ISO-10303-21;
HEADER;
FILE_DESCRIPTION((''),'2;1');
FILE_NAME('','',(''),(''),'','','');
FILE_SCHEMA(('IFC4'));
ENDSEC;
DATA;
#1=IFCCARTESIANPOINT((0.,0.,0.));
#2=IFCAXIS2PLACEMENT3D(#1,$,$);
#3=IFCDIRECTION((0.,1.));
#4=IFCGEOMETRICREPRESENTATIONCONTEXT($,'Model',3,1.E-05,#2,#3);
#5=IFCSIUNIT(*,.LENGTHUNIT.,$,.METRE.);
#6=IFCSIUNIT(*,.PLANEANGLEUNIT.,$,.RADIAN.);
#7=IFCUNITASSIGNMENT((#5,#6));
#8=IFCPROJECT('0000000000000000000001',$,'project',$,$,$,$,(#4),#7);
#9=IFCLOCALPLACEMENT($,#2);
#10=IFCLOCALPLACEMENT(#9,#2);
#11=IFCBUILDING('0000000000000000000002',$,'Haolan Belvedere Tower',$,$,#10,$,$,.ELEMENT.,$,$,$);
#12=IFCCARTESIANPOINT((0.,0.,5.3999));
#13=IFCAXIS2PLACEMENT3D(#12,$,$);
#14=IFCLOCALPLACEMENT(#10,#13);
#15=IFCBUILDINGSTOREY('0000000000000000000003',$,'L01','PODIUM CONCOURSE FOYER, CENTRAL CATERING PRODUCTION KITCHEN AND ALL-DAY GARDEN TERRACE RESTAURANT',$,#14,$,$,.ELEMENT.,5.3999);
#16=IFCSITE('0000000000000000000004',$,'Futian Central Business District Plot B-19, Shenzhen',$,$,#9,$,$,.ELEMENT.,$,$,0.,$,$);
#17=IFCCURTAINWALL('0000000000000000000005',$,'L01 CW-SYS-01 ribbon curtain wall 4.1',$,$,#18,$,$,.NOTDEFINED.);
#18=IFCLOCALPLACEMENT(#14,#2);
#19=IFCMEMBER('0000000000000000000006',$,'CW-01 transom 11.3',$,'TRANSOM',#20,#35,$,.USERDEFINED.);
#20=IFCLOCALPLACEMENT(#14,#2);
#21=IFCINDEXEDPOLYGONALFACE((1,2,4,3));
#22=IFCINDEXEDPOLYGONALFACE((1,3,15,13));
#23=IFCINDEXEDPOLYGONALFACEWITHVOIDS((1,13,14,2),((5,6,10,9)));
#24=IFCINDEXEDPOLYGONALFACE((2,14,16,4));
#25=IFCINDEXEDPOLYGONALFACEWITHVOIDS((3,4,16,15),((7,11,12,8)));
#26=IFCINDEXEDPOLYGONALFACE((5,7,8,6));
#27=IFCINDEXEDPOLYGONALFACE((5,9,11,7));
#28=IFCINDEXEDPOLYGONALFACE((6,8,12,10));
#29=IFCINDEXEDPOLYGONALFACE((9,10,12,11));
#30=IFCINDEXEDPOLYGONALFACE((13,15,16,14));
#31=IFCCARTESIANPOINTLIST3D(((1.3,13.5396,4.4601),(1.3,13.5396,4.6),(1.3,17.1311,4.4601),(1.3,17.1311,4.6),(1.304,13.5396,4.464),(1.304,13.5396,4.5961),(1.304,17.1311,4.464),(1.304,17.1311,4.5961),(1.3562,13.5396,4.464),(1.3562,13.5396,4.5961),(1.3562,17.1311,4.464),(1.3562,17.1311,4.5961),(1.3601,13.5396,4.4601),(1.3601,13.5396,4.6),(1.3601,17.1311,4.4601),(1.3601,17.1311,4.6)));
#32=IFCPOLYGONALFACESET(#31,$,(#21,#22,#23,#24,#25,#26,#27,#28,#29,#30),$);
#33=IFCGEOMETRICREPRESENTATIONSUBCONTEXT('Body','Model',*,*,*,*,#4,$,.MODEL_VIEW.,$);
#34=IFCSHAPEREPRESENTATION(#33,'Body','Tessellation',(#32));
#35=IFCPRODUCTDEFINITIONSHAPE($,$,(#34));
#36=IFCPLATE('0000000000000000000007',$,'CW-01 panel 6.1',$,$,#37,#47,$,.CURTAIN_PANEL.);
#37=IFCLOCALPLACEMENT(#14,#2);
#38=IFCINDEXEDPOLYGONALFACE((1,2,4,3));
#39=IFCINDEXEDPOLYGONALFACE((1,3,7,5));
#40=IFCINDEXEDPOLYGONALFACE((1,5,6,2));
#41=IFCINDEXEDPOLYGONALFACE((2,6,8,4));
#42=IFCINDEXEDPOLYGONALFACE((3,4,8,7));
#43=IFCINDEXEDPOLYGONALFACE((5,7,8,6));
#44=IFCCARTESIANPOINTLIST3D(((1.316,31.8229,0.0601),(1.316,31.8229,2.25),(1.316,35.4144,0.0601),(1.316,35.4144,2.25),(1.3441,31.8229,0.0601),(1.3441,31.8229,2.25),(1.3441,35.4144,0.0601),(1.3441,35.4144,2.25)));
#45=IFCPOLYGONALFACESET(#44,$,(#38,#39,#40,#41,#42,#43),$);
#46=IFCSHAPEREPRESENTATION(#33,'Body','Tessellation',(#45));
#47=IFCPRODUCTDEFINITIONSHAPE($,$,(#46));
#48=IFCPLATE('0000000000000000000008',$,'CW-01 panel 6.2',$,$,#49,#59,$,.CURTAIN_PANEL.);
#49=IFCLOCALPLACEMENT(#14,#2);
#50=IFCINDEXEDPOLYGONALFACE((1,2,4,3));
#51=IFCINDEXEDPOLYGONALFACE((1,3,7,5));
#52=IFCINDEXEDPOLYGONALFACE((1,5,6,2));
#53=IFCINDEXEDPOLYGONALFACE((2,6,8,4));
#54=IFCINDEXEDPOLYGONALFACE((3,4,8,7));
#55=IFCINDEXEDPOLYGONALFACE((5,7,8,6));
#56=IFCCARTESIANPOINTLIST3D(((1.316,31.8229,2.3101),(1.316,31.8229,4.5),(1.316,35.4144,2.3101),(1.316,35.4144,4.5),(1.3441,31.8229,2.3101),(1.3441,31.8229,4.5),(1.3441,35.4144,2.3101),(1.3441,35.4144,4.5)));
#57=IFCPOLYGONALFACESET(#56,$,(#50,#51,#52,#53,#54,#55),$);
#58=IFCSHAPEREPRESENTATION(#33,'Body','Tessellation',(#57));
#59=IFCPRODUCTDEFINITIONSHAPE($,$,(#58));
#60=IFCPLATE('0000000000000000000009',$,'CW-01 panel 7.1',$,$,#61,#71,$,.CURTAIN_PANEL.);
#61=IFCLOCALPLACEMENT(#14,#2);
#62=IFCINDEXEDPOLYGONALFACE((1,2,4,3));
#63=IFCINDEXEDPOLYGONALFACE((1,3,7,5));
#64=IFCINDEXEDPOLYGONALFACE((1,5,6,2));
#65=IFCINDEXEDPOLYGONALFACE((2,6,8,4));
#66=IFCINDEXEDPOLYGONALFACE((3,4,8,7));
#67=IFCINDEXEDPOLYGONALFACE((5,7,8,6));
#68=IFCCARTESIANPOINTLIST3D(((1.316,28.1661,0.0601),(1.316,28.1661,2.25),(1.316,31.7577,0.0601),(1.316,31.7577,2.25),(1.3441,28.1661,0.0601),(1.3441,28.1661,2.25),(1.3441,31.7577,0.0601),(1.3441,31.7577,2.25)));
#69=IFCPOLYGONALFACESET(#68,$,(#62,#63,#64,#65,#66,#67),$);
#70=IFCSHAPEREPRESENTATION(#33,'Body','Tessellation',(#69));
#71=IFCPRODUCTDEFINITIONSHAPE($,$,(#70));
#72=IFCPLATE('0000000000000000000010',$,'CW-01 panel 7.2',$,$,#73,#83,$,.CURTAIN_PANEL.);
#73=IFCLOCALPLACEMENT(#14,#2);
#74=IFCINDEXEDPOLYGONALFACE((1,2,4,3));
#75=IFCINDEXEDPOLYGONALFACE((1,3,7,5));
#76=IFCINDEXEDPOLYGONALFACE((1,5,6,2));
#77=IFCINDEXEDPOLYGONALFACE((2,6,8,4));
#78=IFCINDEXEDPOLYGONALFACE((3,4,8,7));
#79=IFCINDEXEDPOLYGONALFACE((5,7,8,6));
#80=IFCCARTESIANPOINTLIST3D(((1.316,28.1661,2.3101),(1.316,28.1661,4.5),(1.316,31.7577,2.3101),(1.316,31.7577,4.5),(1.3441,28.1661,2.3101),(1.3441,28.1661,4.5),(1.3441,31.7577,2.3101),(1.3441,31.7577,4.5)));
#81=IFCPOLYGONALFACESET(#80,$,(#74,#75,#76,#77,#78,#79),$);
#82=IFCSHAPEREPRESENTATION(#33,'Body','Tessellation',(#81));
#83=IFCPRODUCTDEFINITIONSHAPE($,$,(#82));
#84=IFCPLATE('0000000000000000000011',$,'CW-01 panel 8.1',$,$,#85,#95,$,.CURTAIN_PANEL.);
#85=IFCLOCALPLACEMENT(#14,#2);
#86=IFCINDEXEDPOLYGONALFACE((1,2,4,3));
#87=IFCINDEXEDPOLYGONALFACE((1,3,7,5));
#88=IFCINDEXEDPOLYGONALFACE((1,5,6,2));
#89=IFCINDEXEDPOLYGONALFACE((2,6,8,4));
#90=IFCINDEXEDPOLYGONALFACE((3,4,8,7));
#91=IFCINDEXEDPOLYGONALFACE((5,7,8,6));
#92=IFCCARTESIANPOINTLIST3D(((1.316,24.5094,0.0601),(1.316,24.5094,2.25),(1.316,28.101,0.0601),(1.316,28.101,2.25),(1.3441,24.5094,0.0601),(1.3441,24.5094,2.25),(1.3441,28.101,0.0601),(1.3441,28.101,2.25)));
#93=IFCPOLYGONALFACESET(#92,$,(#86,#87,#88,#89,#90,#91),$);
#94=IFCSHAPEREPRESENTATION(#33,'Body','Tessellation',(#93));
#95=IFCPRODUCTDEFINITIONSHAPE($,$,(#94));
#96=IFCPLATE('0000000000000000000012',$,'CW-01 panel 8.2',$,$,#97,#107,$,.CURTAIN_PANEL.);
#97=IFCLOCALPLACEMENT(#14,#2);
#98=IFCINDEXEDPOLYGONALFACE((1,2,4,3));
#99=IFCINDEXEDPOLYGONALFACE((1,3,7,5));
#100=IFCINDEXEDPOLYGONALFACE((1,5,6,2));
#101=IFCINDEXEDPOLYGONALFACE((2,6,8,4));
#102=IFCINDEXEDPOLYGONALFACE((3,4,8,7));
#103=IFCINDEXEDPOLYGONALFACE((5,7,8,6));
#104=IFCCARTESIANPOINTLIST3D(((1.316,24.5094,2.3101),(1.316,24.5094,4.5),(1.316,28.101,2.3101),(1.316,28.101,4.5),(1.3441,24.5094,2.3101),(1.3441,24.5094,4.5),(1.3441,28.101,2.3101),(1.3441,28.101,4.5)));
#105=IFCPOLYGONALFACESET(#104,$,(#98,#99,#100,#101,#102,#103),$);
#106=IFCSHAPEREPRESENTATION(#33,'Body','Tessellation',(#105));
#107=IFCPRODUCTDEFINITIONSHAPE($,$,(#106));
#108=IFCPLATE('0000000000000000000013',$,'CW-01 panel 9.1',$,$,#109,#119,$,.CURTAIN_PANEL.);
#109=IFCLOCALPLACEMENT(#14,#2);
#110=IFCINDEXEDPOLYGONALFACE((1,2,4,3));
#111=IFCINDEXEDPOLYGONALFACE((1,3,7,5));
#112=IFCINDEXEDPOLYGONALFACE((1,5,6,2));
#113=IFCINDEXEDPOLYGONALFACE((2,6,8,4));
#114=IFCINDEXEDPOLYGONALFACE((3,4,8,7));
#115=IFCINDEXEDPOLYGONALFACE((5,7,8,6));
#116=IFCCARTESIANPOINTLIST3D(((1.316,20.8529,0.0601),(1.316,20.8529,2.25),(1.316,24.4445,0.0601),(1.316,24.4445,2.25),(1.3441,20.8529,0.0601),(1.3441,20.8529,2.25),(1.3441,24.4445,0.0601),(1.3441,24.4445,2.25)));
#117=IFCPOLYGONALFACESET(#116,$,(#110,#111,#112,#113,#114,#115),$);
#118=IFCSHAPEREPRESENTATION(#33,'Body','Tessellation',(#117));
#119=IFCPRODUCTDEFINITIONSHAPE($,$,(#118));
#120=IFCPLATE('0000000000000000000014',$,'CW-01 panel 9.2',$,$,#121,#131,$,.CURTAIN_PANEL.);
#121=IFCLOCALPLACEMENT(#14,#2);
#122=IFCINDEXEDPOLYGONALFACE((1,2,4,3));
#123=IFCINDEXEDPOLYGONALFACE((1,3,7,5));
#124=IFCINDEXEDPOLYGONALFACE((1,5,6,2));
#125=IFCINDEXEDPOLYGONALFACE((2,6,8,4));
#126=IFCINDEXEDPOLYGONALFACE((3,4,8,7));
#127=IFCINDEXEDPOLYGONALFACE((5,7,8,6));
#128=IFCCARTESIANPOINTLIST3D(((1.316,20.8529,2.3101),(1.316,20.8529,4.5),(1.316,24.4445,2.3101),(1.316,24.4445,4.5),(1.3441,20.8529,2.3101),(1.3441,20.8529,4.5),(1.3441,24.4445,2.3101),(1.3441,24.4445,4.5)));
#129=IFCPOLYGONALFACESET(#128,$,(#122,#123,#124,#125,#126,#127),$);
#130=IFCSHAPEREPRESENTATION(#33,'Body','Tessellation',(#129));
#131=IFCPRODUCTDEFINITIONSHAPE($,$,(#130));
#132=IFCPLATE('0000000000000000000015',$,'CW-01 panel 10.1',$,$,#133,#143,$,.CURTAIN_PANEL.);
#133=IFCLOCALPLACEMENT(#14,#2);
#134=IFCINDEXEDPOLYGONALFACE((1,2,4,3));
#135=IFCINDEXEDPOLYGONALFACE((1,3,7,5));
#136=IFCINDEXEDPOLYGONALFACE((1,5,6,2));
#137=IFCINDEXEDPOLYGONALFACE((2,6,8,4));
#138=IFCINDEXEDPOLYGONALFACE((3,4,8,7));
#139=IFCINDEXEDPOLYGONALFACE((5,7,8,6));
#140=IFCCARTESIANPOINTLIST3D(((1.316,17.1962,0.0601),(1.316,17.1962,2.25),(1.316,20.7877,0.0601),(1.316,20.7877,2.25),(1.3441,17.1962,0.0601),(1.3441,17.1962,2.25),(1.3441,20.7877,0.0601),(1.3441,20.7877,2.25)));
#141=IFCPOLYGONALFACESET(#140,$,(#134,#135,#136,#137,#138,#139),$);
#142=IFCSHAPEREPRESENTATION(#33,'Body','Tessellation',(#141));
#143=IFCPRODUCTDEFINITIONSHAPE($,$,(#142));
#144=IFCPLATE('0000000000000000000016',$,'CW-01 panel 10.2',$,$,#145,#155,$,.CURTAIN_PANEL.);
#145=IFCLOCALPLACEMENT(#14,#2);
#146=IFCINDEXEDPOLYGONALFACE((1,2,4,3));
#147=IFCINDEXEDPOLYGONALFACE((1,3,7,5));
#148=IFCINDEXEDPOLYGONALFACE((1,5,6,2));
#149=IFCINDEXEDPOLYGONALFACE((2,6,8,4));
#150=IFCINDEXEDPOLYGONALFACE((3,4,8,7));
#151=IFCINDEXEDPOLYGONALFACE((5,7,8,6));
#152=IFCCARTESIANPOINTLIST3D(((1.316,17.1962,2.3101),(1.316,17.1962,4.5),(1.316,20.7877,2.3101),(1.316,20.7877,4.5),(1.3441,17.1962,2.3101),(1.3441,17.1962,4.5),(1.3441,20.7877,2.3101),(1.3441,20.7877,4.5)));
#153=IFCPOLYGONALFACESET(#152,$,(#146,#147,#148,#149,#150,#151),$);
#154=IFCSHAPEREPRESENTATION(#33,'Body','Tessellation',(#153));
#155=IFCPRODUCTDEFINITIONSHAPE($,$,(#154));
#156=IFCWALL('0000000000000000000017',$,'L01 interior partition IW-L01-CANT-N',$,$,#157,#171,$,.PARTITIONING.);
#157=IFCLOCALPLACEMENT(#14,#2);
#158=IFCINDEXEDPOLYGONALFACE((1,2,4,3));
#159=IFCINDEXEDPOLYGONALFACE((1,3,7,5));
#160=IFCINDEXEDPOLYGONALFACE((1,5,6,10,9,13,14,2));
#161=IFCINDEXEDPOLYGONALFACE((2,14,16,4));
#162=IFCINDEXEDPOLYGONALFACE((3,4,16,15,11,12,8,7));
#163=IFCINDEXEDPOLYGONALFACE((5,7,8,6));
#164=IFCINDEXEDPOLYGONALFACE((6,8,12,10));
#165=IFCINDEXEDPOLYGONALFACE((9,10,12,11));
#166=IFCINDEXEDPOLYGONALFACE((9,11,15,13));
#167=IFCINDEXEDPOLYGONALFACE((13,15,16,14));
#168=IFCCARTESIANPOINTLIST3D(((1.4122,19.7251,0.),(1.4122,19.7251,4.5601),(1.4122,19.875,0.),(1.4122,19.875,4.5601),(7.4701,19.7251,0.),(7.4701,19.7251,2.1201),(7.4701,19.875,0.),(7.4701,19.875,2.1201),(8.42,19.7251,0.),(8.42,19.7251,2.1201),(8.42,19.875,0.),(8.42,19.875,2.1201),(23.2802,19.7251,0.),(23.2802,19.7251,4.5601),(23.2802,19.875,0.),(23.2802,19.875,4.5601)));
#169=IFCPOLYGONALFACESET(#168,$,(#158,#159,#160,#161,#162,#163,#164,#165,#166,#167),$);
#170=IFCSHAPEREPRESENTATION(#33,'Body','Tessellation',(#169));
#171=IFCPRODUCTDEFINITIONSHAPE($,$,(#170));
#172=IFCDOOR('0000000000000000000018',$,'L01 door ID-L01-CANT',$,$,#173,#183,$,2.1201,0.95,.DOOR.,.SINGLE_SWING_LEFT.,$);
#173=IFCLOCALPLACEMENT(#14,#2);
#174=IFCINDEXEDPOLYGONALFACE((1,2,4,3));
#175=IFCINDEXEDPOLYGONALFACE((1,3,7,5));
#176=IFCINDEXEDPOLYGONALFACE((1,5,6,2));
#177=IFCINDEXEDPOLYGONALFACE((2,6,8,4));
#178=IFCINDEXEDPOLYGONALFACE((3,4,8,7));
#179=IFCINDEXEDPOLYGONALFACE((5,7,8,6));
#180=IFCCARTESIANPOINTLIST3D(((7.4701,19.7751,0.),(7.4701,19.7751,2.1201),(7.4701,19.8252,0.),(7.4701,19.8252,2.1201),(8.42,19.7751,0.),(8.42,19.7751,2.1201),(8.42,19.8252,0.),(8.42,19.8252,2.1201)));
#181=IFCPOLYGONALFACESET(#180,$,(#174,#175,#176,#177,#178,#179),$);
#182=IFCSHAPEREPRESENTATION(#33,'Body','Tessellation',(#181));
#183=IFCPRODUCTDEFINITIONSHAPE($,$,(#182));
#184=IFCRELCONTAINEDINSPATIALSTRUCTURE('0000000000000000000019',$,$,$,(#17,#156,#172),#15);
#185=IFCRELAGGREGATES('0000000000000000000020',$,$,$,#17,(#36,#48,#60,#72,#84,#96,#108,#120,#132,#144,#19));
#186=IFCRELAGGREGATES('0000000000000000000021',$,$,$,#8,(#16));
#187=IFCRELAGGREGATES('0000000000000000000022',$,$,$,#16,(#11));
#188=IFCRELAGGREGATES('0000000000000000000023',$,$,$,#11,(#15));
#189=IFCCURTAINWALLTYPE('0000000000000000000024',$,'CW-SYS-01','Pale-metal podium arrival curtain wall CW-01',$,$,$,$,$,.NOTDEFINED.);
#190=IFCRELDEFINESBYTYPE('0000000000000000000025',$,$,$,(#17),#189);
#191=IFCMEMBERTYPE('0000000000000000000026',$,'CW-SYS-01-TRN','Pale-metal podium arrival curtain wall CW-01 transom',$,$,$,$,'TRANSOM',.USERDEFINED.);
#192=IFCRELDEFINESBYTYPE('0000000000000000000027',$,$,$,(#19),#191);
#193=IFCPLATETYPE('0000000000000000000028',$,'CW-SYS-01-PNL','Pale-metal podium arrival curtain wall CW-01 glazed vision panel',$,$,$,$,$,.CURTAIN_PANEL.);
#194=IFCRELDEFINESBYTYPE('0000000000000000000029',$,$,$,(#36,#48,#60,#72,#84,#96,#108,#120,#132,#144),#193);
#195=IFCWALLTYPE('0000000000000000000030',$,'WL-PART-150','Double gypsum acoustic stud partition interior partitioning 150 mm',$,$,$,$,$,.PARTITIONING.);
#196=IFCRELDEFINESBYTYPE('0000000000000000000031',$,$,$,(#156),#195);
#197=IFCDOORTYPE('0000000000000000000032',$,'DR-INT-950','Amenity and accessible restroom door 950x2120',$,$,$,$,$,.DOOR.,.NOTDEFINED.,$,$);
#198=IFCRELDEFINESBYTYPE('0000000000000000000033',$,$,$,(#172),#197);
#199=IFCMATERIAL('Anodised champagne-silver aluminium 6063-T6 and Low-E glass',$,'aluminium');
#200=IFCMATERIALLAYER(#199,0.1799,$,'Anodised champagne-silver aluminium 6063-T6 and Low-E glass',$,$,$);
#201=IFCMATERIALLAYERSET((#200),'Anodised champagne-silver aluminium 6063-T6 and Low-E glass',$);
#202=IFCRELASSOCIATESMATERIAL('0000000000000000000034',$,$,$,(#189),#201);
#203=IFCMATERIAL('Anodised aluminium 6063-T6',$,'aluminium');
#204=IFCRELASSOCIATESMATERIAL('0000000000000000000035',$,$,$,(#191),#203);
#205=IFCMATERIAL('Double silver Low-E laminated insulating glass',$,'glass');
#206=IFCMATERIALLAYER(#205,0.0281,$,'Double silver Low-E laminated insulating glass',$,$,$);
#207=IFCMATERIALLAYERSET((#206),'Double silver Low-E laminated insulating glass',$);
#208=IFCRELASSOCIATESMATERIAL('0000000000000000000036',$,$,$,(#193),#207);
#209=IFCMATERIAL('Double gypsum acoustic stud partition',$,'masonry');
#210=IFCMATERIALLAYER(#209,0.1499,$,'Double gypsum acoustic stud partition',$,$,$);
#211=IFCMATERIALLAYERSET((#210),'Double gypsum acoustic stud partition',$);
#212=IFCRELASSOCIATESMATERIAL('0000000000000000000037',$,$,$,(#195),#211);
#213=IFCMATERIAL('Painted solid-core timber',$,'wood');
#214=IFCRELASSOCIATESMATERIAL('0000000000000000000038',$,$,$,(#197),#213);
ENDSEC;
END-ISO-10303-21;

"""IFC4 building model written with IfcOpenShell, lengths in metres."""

from ifc_helpers import new_model, si_unit, direction, frame, frame_2d, origin, origin_2d, place, context, subcontext, project, spatial, rectangle, hollow_rectangle, extrude, material, layer, layer_set, material_profile, profile_set, type_object, element, fill, aggregate, save


model = new_model("IFC4")

# Units and contexts
model_context = context("Model", 3, precision=1e-05, world=origin(), true_north=direction((0.0, 1.0)))
body_context = subcontext(model_context, "Body", "Model", "MODEL_VIEW")
ifc_project = project(units=[si_unit("LENGTHUNIT", "METRE"), si_unit("PLANEANGLEUNIT", "RADIAN")], contexts=[model_context])

# Site, building, storey
site_placement = place(None, origin())
site = spatial("IfcSite", under=ifc_project, at=site_placement, Name="Futian Central Business District Plot B-19, Shenzhen", CompositionType="ELEMENT", RefElevation=0.0)
building_placement = place(site_placement, origin())
building = spatial("IfcBuilding", under=site, at=building_placement, Name="Haolan Belvedere Tower", CompositionType="ELEMENT")
storey_placement = place(building_placement, frame((0.0, 0.0, 5.3999)))
storey = spatial("IfcBuildingStorey", under=building, at=storey_placement, Name="L01", Description="PODIUM CONCOURSE FOYER, CENTRAL CATERING PRODUCTION KITCHEN AND ALL-DAY GARDEN TERRACE RESTAURANT", CompositionType="ELEMENT", Elevation=5.3999)

# Curtain wall, member, plates
ifc_material_1 = material(Name="Anodised champagne-silver aluminium 6063-T6 and Low-E glass", Category="aluminium")
ifc_layer_1 = layer(ifc_material_1, 0.1799, Name="Anodised champagne-silver aluminium 6063-T6 and Low-E glass")
ifc_layer_set_1 = layer_set([ifc_layer_1], Name="Anodised champagne-silver aluminium 6063-T6 and Low-E glass")
curtain_wall_type = type_object("IfcCurtainWallType", Name="CW-SYS-01", Description="Pale-metal podium arrival curtain wall CW-01", PredefinedType="NOTDEFINED", material=ifc_layer_set_1)
curtain_wall_placement = place(storey_placement, origin())
curtain_wall = element("IfcCurtainWall", 1, at=curtain_wall_placement, inside=storey, type_object=curtain_wall_type, Name="L01 CW-SYS-01 ribbon curtain wall 4.1", PredefinedType="NOTDEFINED")
ifc_material_2 = material(Name="Anodised aluminium 6063-T6", Category="aluminium")
ifc_material_profile_1 = material_profile(ifc_material_2, hollow_rectangle(XDim=0.0601, YDim=0.1399, WallThickness=0.0039, at=origin_2d()), Name="Anodised aluminium 6063-T6")
ifc_profile_set_1 = profile_set([ifc_material_profile_1], Name="Anodised aluminium 6063-T6")
member_type_1 = type_object("IfcMemberType", Name="CW-SYS-01-TRN", Description="Pale-metal podium arrival curtain wall CW-01 transom", ElementType="TRANSOM", PredefinedType="USERDEFINED", material=ifc_profile_set_1)
member_1_placement = place(storey_placement, frame((1.3301, 17.1311, 4.53), z_axis=(0.0, -1.0, 0.0), x_axis=(1.0, 0.0, 0.0)))
member_1 = element("IfcMember", 2, at=member_1_placement, type_object=member_type_1, Name="CW-01 transom 11.3", ObjectType="TRANSOM", PredefinedType="USERDEFINED", context=body_context, shape_type="SweptSolid", body=[
    extrude(hollow_rectangle(XDim=0.0601, YDim=0.1399, WallThickness=0.0039, at=origin_2d()), origin(), (0.0, 0.0, 1.0), 3.5916),
])
ifc_material_3 = material(Name="Double silver Low-E laminated insulating glass", Category="glass")
ifc_layer_2 = layer(ifc_material_3, 0.0281, Name="Double silver Low-E laminated insulating glass")
ifc_layer_set_2 = layer_set([ifc_layer_2], Name="Double silver Low-E laminated insulating glass")
plate_type = type_object("IfcPlateType", Name="CW-SYS-01-PNL", Description="Pale-metal podium arrival curtain wall CW-01 glazed vision panel", PredefinedType="CURTAIN_PANEL", material=ifc_layer_set_2)
plate_1_placement = place(storey_placement, frame((1.3301, 33.6187, 0.0601), z_axis=(0.0, 0.0, 1.0), x_axis=(0.0, -1.0, 0.0)))
plate_1 = element("IfcPlate", 3, at=plate_1_placement, type_object=plate_type, Name="CW-01 panel 6.1", PredefinedType="CURTAIN_PANEL", context=body_context, shape_type="SweptSolid", body=[
    extrude(rectangle(XDim=3.5916, YDim=0.0281, at=origin_2d()), origin(), (0.0, 0.0, 1.0), 2.1899),
])
plate_2_placement = place(storey_placement, frame((1.3301, 33.6187, 2.3101), z_axis=(0.0, 0.0, 1.0), x_axis=(0.0, -1.0, 0.0)))
plate_2 = element("IfcPlate", 4, at=plate_2_placement, type_object=plate_type, Name="CW-01 panel 6.2", PredefinedType="CURTAIN_PANEL", context=body_context, shape_type="SweptSolid", body=[
    extrude(rectangle(XDim=3.5916, YDim=0.0281, at=origin_2d()), origin(), (0.0, 0.0, 1.0), 2.1899),
])
plate_3_placement = place(storey_placement, frame((1.3301, 29.9619, 0.0601), z_axis=(0.0, 0.0, 1.0), x_axis=(0.0, -1.0, 0.0)))
plate_3 = element("IfcPlate", 5, at=plate_3_placement, type_object=plate_type, Name="CW-01 panel 7.1", PredefinedType="CURTAIN_PANEL", context=body_context, shape_type="SweptSolid", body=[
    extrude(rectangle(XDim=3.5916, YDim=0.0281, at=origin_2d()), origin(), (0.0, 0.0, 1.0), 2.1899),
])
plate_4_placement = place(storey_placement, frame((1.3301, 29.9619, 2.3101), z_axis=(0.0, 0.0, 1.0), x_axis=(0.0, -1.0, 0.0)))
plate_4 = element("IfcPlate", 6, at=plate_4_placement, type_object=plate_type, Name="CW-01 panel 7.2", PredefinedType="CURTAIN_PANEL", context=body_context, shape_type="SweptSolid", body=[
    extrude(rectangle(XDim=3.5916, YDim=0.0281, at=origin_2d()), origin(), (0.0, 0.0, 1.0), 2.1899),
])
plate_5_placement = place(storey_placement, frame((1.3301, 26.3052, 0.0601), z_axis=(0.0, 0.0, 1.0), x_axis=(0.0, -1.0, 0.0)))
plate_5 = element("IfcPlate", 7, at=plate_5_placement, type_object=plate_type, Name="CW-01 panel 8.1", PredefinedType="CURTAIN_PANEL", context=body_context, shape_type="SweptSolid", body=[
    extrude(rectangle(XDim=3.5916, YDim=0.0281, at=origin_2d()), origin(), (0.0, 0.0, 1.0), 2.1899),
])
plate_6_placement = place(storey_placement, frame((1.3301, 26.3052, 2.3101), z_axis=(0.0, 0.0, 1.0), x_axis=(0.0, -1.0, 0.0)))
plate_6 = element("IfcPlate", 8, at=plate_6_placement, type_object=plate_type, Name="CW-01 panel 8.2", PredefinedType="CURTAIN_PANEL", context=body_context, shape_type="SweptSolid", body=[
    extrude(rectangle(XDim=3.5916, YDim=0.0281, at=origin_2d()), origin(), (0.0, 0.0, 1.0), 2.1899),
])
plate_7_placement = place(storey_placement, frame((1.3301, 22.6487, 0.0601), z_axis=(0.0, 0.0, 1.0), x_axis=(0.0, -1.0, 0.0)))
plate_7 = element("IfcPlate", 9, at=plate_7_placement, type_object=plate_type, Name="CW-01 panel 9.1", PredefinedType="CURTAIN_PANEL", context=body_context, shape_type="SweptSolid", body=[
    extrude(rectangle(XDim=3.5916, YDim=0.0281, at=origin_2d()), origin(), (0.0, 0.0, 1.0), 2.1899),
])
plate_8_placement = place(storey_placement, frame((1.3301, 22.6487, 2.3101), z_axis=(0.0, 0.0, 1.0), x_axis=(0.0, -1.0, 0.0)))
plate_8 = element("IfcPlate", 10, at=plate_8_placement, type_object=plate_type, Name="CW-01 panel 9.2", PredefinedType="CURTAIN_PANEL", context=body_context, shape_type="SweptSolid", body=[
    extrude(rectangle(XDim=3.5916, YDim=0.0281, at=origin_2d()), origin(), (0.0, 0.0, 1.0), 2.1899),
])
plate_9_placement = place(storey_placement, frame((1.3301, 18.9919, 0.0601), z_axis=(0.0, 0.0, 1.0), x_axis=(0.0, -1.0, 0.0)))
plate_9 = element("IfcPlate", 11, at=plate_9_placement, type_object=plate_type, Name="CW-01 panel 10.1", PredefinedType="CURTAIN_PANEL", context=body_context, shape_type="SweptSolid", body=[
    extrude(rectangle(XDim=3.5916, YDim=0.0281, at=origin_2d()), origin(), (0.0, 0.0, 1.0), 2.1899),
])
plate_10_placement = place(storey_placement, frame((1.3301, 18.9919, 2.3101), z_axis=(0.0, 0.0, 1.0), x_axis=(0.0, -1.0, 0.0)))
plate_10 = element("IfcPlate", 12, at=plate_10_placement, type_object=plate_type, Name="CW-01 panel 10.2", PredefinedType="CURTAIN_PANEL", context=body_context, shape_type="SweptSolid", body=[
    extrude(rectangle(XDim=3.5916, YDim=0.0281, at=origin_2d()), origin(), (0.0, 0.0, 1.0), 2.1899),
])
aggregate(curtain_wall, [plate_1, plate_2, plate_3, plate_4, plate_5, plate_6, plate_7, plate_8, plate_9, plate_10, member_1])

# Wall, opening, door
ifc_material_4 = material(Name="Double gypsum acoustic stud partition", Category="masonry")
ifc_layer_3 = layer(ifc_material_4, 0.1499, Name="Double gypsum acoustic stud partition")
ifc_layer_set_3 = layer_set([ifc_layer_3], Name="Double gypsum acoustic stud partition")
wall_type = type_object("IfcWallType", Name="WL-PART-150", Description="Double gypsum acoustic stud partition interior partitioning 150 mm", PredefinedType="PARTITIONING", material=ifc_layer_set_3)
wall_placement = place(storey_placement, frame((1.4121, 19.8, 0.0), z_axis=(0.0, 0.0, 1.0), x_axis=(1.0, 0.0, 0.0)))
wall = element("IfcWall", 13, at=wall_placement, inside=storey, type_object=wall_type, Name="L01 interior partition IW-L01-CANT-N", PredefinedType="PARTITIONING", context=body_context, shape_type="SweptSolid", body=[
    extrude(rectangle(XDim=21.8679, YDim=0.1499, at=frame_2d((10.9341, 0.0))), origin(), (0.0, 0.0, 1.0), 4.5601),
])
opening_placement = place(wall_placement, frame((7.0081, 0.0, 0.0), z_axis=(0.0, 0.0, 1.0), x_axis=(-1.0, 0.0, 0.0)))
opening = element("IfcOpeningElement", 14, at=opening_placement, cuts=wall, PredefinedType="OPENING", context=body_context, shape_type="SweptSolid", body=[
    extrude(rectangle(XDim=0.95, YDim=2.1201, at=frame_2d((0.4751, 1.0601))), frame((0.0, 0.085, 0.0), z_axis=(0.0, -1.0, 0.0), x_axis=(1.0, 0.0, 0.0)), (0.0, 0.0, 1.0), 0.1699),
])
ifc_material_5 = material(Name="Painted solid-core timber", Category="wood")
door_type = type_object("IfcDoorType", Name="DR-INT-950", Description="Amenity and accessible restroom door 950x2120", OperationType="NOTDEFINED", PredefinedType="DOOR", material=ifc_material_5)
door_placement = place(opening_placement, origin())
door = element("IfcDoor", 15, at=door_placement, inside=storey, type_object=door_type, Name="L01 door ID-L01-CANT", OperationType="SINGLE_SWING_LEFT", OverallHeight=2.1201, OverallWidth=0.95, PredefinedType="DOOR", context=body_context, shape_type="SweptSolid", body=[
    extrude(rectangle(XDim=0.95, YDim=2.1201, at=frame_2d((0.4751, 1.0601))), frame((0.0, 0.0249, 0.0), z_axis=(0.0, -1.0, 0.0), x_axis=(1.0, 0.0, 0.0)), (0.0, 0.0, 1.0), 0.05),
])
fill(opening, door)

save(model, "model.ifc")
